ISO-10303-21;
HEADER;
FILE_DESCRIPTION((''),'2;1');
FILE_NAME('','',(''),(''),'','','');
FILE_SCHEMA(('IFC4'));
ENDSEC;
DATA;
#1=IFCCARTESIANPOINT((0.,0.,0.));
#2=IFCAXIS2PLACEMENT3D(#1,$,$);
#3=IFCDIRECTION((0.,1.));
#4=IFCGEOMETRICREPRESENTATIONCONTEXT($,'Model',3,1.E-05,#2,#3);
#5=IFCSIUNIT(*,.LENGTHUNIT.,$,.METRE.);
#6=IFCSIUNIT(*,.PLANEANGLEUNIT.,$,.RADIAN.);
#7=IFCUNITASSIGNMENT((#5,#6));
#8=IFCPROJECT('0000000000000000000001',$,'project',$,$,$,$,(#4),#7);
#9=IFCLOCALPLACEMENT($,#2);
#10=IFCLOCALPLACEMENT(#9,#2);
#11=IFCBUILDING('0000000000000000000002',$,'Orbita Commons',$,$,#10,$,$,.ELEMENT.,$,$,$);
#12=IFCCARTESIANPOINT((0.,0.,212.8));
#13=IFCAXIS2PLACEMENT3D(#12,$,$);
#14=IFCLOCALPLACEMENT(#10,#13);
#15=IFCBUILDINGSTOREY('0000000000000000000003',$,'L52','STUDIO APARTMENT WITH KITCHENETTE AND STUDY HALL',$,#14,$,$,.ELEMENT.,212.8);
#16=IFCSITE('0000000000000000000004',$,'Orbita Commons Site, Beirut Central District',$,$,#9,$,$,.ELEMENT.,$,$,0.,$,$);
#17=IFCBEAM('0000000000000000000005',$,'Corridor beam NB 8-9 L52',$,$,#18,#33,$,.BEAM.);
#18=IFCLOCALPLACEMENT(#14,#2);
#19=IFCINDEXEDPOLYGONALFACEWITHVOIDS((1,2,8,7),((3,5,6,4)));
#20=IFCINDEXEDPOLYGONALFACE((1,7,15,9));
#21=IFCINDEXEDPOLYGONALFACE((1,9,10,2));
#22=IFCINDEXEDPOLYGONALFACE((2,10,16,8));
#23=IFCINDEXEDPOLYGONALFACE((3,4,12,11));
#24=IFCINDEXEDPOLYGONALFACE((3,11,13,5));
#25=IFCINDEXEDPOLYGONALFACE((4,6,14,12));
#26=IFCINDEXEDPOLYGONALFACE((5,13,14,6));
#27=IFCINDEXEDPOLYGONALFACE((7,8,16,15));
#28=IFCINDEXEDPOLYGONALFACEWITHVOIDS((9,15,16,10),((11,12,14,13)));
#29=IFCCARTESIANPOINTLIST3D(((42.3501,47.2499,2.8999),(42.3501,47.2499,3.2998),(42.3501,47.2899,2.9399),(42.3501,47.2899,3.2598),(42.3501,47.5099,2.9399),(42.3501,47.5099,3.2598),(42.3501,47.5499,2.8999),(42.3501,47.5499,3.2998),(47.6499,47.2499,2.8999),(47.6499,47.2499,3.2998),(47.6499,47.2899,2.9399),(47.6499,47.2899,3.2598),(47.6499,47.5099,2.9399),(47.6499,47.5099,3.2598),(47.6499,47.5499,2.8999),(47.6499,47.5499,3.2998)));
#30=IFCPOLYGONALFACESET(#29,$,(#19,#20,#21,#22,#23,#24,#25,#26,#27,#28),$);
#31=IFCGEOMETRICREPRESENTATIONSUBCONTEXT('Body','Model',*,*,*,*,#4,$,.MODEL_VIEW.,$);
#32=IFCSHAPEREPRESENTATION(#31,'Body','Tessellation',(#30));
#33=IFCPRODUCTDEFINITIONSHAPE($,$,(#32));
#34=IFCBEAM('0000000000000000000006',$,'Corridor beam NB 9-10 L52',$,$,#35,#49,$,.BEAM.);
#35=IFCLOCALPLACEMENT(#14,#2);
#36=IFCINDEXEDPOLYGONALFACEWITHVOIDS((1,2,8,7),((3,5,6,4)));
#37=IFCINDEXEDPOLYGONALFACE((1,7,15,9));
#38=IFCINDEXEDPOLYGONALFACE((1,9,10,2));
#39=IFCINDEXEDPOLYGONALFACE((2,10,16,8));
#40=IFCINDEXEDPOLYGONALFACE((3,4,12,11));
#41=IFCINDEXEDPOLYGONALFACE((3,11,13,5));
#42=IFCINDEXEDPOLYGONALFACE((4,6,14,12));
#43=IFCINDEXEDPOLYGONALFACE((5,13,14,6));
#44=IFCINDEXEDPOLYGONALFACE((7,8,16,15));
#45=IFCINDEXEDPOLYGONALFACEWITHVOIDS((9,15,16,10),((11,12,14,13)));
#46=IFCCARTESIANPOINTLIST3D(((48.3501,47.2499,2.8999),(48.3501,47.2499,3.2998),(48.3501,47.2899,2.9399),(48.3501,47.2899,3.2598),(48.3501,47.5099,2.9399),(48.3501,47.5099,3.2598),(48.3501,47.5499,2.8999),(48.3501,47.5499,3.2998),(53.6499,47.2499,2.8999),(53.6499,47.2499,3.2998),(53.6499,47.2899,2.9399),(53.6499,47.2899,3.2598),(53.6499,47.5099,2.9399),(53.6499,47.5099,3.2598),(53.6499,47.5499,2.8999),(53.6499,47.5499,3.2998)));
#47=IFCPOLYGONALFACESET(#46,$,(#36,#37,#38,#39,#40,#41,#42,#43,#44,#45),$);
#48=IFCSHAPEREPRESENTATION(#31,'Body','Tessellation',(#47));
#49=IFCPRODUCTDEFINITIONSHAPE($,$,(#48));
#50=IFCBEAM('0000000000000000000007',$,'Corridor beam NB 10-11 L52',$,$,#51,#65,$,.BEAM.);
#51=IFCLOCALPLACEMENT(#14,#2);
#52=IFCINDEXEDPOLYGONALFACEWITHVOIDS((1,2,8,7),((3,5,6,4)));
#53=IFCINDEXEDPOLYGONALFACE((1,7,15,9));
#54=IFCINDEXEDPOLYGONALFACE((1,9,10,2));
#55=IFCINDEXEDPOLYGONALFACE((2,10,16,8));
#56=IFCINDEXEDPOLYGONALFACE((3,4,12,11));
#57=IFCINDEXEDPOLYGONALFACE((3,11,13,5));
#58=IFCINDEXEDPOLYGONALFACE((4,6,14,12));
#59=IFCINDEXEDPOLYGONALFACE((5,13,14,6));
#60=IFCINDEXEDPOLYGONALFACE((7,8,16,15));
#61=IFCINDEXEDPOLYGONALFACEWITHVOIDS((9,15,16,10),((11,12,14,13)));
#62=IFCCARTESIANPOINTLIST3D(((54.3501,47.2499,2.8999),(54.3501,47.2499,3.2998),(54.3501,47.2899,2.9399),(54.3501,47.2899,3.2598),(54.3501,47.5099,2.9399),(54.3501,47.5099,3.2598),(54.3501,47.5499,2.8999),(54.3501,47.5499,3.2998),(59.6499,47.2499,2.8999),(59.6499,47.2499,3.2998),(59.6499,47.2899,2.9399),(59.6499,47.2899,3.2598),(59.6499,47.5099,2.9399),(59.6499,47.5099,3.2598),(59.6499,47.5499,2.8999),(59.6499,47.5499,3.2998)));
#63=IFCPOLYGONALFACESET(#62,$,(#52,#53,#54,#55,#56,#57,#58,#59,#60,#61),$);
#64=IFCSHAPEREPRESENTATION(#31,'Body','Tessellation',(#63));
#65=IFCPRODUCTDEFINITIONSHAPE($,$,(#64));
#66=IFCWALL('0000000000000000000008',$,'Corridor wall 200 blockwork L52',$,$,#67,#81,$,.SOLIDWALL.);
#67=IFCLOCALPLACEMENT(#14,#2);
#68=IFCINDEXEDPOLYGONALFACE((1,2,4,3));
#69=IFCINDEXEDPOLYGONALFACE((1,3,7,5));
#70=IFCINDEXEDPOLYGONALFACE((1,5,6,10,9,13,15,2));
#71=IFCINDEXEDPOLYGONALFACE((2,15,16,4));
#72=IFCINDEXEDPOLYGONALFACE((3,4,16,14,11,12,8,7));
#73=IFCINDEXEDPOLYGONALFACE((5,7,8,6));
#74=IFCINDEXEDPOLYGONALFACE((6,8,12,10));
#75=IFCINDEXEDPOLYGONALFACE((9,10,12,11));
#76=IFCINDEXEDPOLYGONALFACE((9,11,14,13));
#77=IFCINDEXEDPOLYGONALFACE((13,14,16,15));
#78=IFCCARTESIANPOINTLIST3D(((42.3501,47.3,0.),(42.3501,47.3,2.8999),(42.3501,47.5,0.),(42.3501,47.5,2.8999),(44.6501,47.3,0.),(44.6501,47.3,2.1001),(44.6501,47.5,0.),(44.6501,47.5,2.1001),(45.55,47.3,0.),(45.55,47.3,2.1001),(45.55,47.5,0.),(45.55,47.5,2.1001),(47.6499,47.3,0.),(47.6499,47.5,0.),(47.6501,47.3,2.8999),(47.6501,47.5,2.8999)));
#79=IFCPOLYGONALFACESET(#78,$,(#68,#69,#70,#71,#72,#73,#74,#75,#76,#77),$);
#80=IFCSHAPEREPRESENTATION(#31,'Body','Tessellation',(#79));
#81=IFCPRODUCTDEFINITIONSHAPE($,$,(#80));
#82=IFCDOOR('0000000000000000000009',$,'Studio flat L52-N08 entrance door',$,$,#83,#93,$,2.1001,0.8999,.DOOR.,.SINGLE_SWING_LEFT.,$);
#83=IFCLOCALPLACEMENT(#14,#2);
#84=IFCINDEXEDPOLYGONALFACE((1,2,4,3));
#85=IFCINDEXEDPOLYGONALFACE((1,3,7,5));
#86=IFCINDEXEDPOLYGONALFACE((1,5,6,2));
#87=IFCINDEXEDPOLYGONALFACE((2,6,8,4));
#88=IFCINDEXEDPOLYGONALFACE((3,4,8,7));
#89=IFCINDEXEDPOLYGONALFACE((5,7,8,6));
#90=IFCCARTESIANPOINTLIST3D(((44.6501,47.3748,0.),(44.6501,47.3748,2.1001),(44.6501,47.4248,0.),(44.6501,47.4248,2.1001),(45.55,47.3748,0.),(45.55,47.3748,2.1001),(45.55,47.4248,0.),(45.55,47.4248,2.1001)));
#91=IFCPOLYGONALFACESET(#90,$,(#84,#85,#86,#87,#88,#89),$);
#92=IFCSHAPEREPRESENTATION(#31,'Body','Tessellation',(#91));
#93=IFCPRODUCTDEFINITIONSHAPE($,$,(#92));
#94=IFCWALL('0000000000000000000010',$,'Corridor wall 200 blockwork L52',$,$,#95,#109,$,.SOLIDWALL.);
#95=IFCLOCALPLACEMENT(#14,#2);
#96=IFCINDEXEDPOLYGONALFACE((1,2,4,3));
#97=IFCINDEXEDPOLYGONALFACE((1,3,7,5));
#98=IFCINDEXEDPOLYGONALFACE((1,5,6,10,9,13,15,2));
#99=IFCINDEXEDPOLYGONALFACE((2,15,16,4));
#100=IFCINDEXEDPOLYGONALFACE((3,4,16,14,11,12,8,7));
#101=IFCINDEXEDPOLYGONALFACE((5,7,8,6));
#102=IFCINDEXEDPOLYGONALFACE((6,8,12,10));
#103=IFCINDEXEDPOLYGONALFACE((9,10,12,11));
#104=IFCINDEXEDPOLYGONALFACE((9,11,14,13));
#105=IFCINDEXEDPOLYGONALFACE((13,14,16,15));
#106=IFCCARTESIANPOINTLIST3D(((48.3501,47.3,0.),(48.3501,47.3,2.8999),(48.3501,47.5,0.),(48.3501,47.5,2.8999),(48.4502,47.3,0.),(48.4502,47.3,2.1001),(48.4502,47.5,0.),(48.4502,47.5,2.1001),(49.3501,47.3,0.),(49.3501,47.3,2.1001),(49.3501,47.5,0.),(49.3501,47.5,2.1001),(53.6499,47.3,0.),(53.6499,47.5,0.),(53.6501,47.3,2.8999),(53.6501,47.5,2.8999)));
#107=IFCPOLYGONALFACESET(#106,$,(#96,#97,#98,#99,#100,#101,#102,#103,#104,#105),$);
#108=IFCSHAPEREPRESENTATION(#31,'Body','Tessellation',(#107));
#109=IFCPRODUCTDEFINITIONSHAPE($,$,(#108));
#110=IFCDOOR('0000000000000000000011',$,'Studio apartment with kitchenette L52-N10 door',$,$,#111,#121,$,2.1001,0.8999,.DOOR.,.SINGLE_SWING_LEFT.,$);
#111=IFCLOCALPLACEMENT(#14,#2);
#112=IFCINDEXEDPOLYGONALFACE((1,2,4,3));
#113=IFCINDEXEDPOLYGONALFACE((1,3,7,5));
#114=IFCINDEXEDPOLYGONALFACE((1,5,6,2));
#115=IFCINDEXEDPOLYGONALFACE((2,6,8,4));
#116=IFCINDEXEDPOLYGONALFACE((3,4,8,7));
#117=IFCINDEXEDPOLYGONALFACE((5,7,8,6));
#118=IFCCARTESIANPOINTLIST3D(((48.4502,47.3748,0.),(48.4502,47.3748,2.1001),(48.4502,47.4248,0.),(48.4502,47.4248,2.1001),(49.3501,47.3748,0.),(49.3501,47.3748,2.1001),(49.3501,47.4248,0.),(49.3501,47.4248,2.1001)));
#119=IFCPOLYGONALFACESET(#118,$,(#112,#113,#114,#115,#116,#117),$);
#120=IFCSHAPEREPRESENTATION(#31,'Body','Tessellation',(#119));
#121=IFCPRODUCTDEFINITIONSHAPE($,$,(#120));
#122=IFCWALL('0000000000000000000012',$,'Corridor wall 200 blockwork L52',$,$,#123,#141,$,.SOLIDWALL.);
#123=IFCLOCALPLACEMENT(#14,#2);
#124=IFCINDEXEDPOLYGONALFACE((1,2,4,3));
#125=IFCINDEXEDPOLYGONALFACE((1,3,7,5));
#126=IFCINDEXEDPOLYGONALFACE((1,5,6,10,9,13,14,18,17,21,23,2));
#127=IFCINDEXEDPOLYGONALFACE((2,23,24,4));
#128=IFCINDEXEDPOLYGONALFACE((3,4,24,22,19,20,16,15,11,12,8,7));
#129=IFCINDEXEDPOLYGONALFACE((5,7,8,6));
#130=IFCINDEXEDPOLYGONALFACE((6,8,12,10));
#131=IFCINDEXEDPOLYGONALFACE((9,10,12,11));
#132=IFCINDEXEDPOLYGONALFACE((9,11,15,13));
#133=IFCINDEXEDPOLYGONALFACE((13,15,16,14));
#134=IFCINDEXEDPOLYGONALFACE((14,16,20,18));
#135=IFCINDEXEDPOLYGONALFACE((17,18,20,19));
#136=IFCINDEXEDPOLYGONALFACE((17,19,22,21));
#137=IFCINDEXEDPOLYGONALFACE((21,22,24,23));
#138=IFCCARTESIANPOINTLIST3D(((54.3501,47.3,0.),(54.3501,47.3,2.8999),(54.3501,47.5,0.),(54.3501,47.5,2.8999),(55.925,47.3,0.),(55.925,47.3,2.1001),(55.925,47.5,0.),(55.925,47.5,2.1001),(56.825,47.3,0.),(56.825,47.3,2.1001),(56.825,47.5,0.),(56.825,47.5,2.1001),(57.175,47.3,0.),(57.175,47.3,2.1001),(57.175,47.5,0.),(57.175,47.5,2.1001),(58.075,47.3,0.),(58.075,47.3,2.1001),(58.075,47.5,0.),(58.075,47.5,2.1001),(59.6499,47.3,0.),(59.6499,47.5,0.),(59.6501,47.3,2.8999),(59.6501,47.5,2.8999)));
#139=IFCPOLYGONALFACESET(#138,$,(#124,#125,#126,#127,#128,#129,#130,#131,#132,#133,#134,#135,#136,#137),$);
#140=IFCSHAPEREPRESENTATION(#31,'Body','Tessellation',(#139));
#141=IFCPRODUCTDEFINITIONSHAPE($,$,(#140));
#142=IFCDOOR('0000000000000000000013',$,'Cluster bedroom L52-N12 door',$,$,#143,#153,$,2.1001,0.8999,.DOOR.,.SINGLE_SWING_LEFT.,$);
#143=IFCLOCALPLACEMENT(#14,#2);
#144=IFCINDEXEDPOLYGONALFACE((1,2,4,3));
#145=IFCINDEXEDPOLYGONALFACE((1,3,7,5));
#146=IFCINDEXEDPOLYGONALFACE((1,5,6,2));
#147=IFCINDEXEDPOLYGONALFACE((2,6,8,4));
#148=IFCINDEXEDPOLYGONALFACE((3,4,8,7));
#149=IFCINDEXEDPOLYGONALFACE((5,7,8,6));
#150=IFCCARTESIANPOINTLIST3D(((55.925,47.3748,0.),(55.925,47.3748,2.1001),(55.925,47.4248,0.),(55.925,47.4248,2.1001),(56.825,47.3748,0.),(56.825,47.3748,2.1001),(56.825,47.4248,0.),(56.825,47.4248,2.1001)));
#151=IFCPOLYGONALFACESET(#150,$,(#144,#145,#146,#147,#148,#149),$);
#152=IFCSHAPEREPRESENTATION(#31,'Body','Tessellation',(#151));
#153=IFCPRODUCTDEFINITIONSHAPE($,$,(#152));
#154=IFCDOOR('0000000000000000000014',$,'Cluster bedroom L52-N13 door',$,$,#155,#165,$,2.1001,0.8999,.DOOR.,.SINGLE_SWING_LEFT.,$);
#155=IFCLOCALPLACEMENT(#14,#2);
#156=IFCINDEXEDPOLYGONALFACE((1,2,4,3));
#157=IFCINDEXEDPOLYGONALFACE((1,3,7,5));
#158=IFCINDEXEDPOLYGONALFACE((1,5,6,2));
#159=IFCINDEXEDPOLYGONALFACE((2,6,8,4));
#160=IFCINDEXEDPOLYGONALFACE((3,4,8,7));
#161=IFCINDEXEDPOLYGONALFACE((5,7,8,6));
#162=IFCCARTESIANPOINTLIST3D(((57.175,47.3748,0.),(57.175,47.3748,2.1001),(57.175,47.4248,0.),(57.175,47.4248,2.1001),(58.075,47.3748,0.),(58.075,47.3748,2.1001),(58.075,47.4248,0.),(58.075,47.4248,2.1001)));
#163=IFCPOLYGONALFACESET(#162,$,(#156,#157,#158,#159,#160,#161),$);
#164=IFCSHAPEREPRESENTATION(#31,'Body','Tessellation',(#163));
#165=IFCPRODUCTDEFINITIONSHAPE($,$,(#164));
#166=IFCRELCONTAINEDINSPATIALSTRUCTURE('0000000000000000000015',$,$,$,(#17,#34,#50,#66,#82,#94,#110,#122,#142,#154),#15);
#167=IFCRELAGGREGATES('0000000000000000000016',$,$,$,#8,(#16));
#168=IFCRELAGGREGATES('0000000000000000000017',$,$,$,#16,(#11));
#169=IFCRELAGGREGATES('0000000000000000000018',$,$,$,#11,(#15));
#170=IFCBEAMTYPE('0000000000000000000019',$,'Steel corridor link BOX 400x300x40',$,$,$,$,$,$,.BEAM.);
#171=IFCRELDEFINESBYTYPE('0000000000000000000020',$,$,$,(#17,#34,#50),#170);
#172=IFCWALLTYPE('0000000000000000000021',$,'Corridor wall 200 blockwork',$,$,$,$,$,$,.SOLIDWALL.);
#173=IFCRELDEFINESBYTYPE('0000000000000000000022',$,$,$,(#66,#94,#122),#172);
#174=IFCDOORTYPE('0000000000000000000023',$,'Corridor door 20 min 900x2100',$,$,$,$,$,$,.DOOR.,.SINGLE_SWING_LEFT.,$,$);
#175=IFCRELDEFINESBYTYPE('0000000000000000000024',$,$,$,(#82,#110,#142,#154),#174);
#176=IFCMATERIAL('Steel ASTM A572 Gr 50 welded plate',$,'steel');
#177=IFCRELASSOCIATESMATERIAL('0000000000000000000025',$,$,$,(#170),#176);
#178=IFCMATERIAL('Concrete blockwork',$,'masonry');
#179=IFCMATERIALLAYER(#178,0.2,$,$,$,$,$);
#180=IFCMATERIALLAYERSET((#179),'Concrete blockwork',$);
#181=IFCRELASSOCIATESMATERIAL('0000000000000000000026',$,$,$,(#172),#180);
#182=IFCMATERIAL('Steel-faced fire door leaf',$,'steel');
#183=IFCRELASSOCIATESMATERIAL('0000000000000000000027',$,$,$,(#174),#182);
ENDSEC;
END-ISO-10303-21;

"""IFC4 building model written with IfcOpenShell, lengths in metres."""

from ifc_helpers import new_model, si_unit, direction, frame, frame_2d, origin, origin_2d, place, context, subcontext, project, spatial, polyline, rectangle, hollow_rectangle, outline, extrude, material, layer, layer_set, material_profile, profile_set, type_object, element, fill, save


model = new_model("IFC4")

# Units and contexts
model_context = context("Model", 3, precision=1e-05, world=origin(), true_north=direction((0.0, 1.0)))
body_context = subcontext(model_context, "Body", "Model", "MODEL_VIEW")
ifc_project = project(units=[si_unit("LENGTHUNIT", "METRE"), si_unit("PLANEANGLEUNIT", "RADIAN")], contexts=[model_context])

# Site, building, storey
site_placement = place(None, origin())
site = spatial("IfcSite", under=ifc_project, at=site_placement, Name="Orbita Commons Site, Beirut Central District", CompositionType="ELEMENT", RefElevation=0.0)
building_placement = place(site_placement, origin())
building = spatial("IfcBuilding", under=site, at=building_placement, Name="Orbita Commons", CompositionType="ELEMENT")
storey_placement = place(building_placement, frame((0.0, 0.0, 212.8)))
storey = spatial("IfcBuildingStorey", under=building, at=storey_placement, Name="L52", Description="STUDIO APARTMENT WITH KITCHENETTE AND STUDY HALL", CompositionType="ELEMENT", Elevation=212.8)

# Beams
ifc_material_1 = material(Name="Steel ASTM A572 Gr 50 welded plate", Category="steel")
ifc_material_profile = material_profile(ifc_material_1, hollow_rectangle(XDim=0.3, YDim=0.3999, WallThickness=0.04, at=origin_2d()), Name="BOX 400x300x40")
ifc_profile_set = profile_set([ifc_material_profile], Name="Steel ASTM A572 Gr 50 welded plate")
beam_type = type_object("IfcBeamType", Name="Steel corridor link BOX 400x300x40", PredefinedType="BEAM", material=ifc_profile_set)
for number, where, z_axis, x_axis, name in (
    (1, (42.3501, 47.3999, 3.0999), (1.0, 0.0, 0.0), (0.0, 1.0, 0.0), "Corridor beam NB 8-9 L52"),
    (2, (48.3501, 47.3999, 3.0999), (1.0, 0.0, 0.0), (0.0, 1.0, 0.0), "Corridor beam NB 9-10 L52"),
    (3, (54.3501, 47.3999, 3.0999), (1.0, 0.0, 0.0), (0.0, 1.0, 0.0), "Corridor beam NB 10-11 L52"),
):
    element("IfcBeam", number, at=place(storey_placement, frame(where, z_axis=z_axis, x_axis=x_axis)), inside=storey, type_object=beam_type, Name=name, PredefinedType="BEAM", context=body_context, shape_type="SweptSolid", body=[
        extrude(hollow_rectangle(XDim=0.3, YDim=0.3999, WallThickness=0.04, at=origin_2d()), origin(), (0.0, 0.0, 1.0), 5.2998),
    ])

# Walls, openings, doors
ifc_material_2 = material(Name="Concrete blockwork", Category="masonry")
ifc_layer_1 = layer(ifc_material_2, 0.2)
ifc_layer_set_1 = layer_set([ifc_layer_1], Name="Concrete blockwork")
wall_type_1 = type_object("IfcWallType", Name="Corridor wall 200 blockwork", PredefinedType="SOLIDWALL", material=ifc_layer_set_1)
wall_1_placement = place(storey_placement, frame((42.3501, 47.3999, 0.0), z_axis=(0.0, 0.0, 1.0), x_axis=(1.0, 0.0, 0.0)))
wall_1 = element("IfcWall", 4, at=wall_1_placement, inside=storey, type_object=wall_type_1, Name="Corridor wall 200 blockwork L52", PredefinedType="SOLIDWALL", context=body_context, shape_type="SweptSolid", body=[
    extrude(outline(polyline([(0.0, 0.0), (5.2998, 0.0), (5.3, 2.8999), (0.0, 2.8999), (0.0, 0.0)])), frame((0.0, 0.1001, 0.0), z_axis=(0.0, -1.0, 0.0), x_axis=(1.0, 0.0, 0.0)), (0.0, 0.0, 1.0), 0.2),
])
opening_1_placement = place(wall_1_placement, frame((2.3, 0.0, 0.0)))
opening_1 = element("IfcOpeningElement", 5, at=opening_1_placement, cuts=wall_1, PredefinedType="OPENING", context=body_context, shape_type="SweptSolid", body=[
    extrude(rectangle(XDim=0.8999, YDim=2.1001, at=frame_2d((0.45, 1.05))), frame((0.0, 0.1099, 0.0), z_axis=(0.0, -1.0, 0.0), x_axis=(1.0, 0.0, 0.0)), (0.0, 0.0, 1.0), 0.22),
])
ifc_material_3 = material(Name="Steel-faced fire door leaf", Category="steel")
door_type_1 = type_object("IfcDoorType", Name="Corridor door 20 min 900x2100", OperationType="SINGLE_SWING_LEFT", PredefinedType="DOOR", material=ifc_material_3)
door_1_placement = place(opening_1_placement, origin())
door_1 = element("IfcDoor", 6, at=door_1_placement, inside=storey, type_object=door_type_1, Name="Studio flat L52-N08 entrance door", OperationType="SINGLE_SWING_LEFT", OverallHeight=2.1001, OverallWidth=0.8999, PredefinedType="DOOR", context=body_context, shape_type="SweptSolid", body=[
    extrude(rectangle(XDim=0.8999, YDim=2.1001, at=frame_2d((0.45, 1.05))), frame((0.0, 0.0249, 0.0), z_axis=(0.0, -1.0, 0.0), x_axis=(1.0, 0.0, 0.0)), (0.0, 0.0, 1.0), 0.05),
])
fill(opening_1, door_1)
wall_2_placement = place(storey_placement, frame((48.3501, 47.3999, 0.0), z_axis=(0.0, 0.0, 1.0), x_axis=(1.0, 0.0, 0.0)))
wall_2 = element("IfcWall", 7, at=wall_2_placement, inside=storey, type_object=wall_type_1, Name="Corridor wall 200 blockwork L52", PredefinedType="SOLIDWALL", context=body_context, shape_type="SweptSolid", body=[
    extrude(outline(polyline([(0.0, 0.0), (5.2998, 0.0), (5.3, 2.8999), (0.0, 2.8999), (0.0, 0.0)])), frame((0.0, 0.1001, 0.0), z_axis=(0.0, -1.0, 0.0), x_axis=(1.0, 0.0, 0.0)), (0.0, 0.0, 1.0), 0.2),
])
opening_2_placement = place(wall_2_placement, frame((0.1001, 0.0, 0.0)))
opening_2 = element("IfcOpeningElement", 8, at=opening_2_placement, cuts=wall_2, PredefinedType="OPENING", context=body_context, shape_type="SweptSolid", body=[
    extrude(rectangle(XDim=0.8999, YDim=2.1001, at=frame_2d((0.45, 1.05))), frame((0.0, 0.1099, 0.0), z_axis=(0.0, -1.0, 0.0), x_axis=(1.0, 0.0, 0.0)), (0.0, 0.0, 1.0), 0.22),
])
door_2_placement = place(opening_2_placement, origin())
door_2 = element("IfcDoor", 9, at=door_2_placement, inside=storey, type_object=door_type_1, Name="Studio apartment with kitchenette L52-N10 door", OperationType="SINGLE_SWING_LEFT", OverallHeight=2.1001, OverallWidth=0.8999, PredefinedType="DOOR", context=body_context, shape_type="SweptSolid", body=[
    extrude(rectangle(XDim=0.8999, YDim=2.1001, at=frame_2d((0.45, 1.05))), frame((0.0, 0.0249, 0.0), z_axis=(0.0, -1.0, 0.0), x_axis=(1.0, 0.0, 0.0)), (0.0, 0.0, 1.0), 0.05),
])
fill(opening_2, door_2)

# Wall, openings, doors
wall_3_placement = place(storey_placement, frame((54.3501, 47.3999, 0.0), z_axis=(0.0, 0.0, 1.0), x_axis=(1.0, 0.0, 0.0)))
wall_3 = element("IfcWall", 10, at=wall_3_placement, inside=storey, type_object=wall_type_1, Name="Corridor wall 200 blockwork L52", PredefinedType="SOLIDWALL", context=body_context, shape_type="SweptSolid", body=[
    extrude(outline(polyline([(0.0, 0.0), (5.2998, 0.0), (5.3, 2.8999), (0.0, 2.8999), (0.0, 0.0)])), frame((0.0, 0.1001, 0.0), z_axis=(0.0, -1.0, 0.0), x_axis=(1.0, 0.0, 0.0)), (0.0, 0.0, 1.0), 0.2),
])
opening_3_placement = place(wall_3_placement, frame((1.575, 0.0, 0.0)))
opening_3 = element("IfcOpeningElement", 11, at=opening_3_placement, cuts=wall_3, PredefinedType="OPENING", context=body_context, shape_type="SweptSolid", body=[
    extrude(rectangle(XDim=0.8999, YDim=2.1001, at=frame_2d((0.45, 1.05))), frame((0.0, 0.1099, 0.0), z_axis=(0.0, -1.0, 0.0), x_axis=(1.0, 0.0, 0.0)), (0.0, 0.0, 1.0), 0.22),
])
opening_4_placement = place(wall_3_placement, frame((2.825, 0.0, 0.0)))
opening_4 = element("IfcOpeningElement", 12, at=opening_4_placement, cuts=wall_3, PredefinedType="OPENING", context=body_context, shape_type="SweptSolid", body=[
    extrude(rectangle(XDim=0.8999, YDim=2.1001, at=frame_2d((0.45, 1.05))), frame((0.0, 0.1099, 0.0), z_axis=(0.0, -1.0, 0.0), x_axis=(1.0, 0.0, 0.0)), (0.0, 0.0, 1.0), 0.22),
])
door_3_placement = place(opening_3_placement, origin())
door_3 = element("IfcDoor", 13, at=door_3_placement, inside=storey, type_object=door_type_1, Name="Cluster bedroom L52-N12 door", OperationType="SINGLE_SWING_LEFT", OverallHeight=2.1001, OverallWidth=0.8999, PredefinedType="DOOR", context=body_context, shape_type="SweptSolid", body=[
    extrude(rectangle(XDim=0.8999, YDim=2.1001, at=frame_2d((0.45, 1.05))), frame((0.0, 0.0249, 0.0), z_axis=(0.0, -1.0, 0.0), x_axis=(1.0, 0.0, 0.0)), (0.0, 0.0, 1.0), 0.05),
])
fill(opening_3, door_3)
door_4_placement = place(opening_4_placement, origin())
door_4 = element("IfcDoor", 14, at=door_4_placement, inside=storey, type_object=door_type_1, Name="Cluster bedroom L52-N13 door", OperationType="SINGLE_SWING_LEFT", OverallHeight=2.1001, OverallWidth=0.8999, PredefinedType="DOOR", context=body_context, shape_type="SweptSolid", body=[
    extrude(rectangle(XDim=0.8999, YDim=2.1001, at=frame_2d((0.45, 1.05))), frame((0.0, 0.0249, 0.0), z_axis=(0.0, -1.0, 0.0), x_axis=(1.0, 0.0, 0.0)), (0.0, 0.0, 1.0), 0.05),
])
fill(opening_4, door_4)

save(model, "model.ifc")
